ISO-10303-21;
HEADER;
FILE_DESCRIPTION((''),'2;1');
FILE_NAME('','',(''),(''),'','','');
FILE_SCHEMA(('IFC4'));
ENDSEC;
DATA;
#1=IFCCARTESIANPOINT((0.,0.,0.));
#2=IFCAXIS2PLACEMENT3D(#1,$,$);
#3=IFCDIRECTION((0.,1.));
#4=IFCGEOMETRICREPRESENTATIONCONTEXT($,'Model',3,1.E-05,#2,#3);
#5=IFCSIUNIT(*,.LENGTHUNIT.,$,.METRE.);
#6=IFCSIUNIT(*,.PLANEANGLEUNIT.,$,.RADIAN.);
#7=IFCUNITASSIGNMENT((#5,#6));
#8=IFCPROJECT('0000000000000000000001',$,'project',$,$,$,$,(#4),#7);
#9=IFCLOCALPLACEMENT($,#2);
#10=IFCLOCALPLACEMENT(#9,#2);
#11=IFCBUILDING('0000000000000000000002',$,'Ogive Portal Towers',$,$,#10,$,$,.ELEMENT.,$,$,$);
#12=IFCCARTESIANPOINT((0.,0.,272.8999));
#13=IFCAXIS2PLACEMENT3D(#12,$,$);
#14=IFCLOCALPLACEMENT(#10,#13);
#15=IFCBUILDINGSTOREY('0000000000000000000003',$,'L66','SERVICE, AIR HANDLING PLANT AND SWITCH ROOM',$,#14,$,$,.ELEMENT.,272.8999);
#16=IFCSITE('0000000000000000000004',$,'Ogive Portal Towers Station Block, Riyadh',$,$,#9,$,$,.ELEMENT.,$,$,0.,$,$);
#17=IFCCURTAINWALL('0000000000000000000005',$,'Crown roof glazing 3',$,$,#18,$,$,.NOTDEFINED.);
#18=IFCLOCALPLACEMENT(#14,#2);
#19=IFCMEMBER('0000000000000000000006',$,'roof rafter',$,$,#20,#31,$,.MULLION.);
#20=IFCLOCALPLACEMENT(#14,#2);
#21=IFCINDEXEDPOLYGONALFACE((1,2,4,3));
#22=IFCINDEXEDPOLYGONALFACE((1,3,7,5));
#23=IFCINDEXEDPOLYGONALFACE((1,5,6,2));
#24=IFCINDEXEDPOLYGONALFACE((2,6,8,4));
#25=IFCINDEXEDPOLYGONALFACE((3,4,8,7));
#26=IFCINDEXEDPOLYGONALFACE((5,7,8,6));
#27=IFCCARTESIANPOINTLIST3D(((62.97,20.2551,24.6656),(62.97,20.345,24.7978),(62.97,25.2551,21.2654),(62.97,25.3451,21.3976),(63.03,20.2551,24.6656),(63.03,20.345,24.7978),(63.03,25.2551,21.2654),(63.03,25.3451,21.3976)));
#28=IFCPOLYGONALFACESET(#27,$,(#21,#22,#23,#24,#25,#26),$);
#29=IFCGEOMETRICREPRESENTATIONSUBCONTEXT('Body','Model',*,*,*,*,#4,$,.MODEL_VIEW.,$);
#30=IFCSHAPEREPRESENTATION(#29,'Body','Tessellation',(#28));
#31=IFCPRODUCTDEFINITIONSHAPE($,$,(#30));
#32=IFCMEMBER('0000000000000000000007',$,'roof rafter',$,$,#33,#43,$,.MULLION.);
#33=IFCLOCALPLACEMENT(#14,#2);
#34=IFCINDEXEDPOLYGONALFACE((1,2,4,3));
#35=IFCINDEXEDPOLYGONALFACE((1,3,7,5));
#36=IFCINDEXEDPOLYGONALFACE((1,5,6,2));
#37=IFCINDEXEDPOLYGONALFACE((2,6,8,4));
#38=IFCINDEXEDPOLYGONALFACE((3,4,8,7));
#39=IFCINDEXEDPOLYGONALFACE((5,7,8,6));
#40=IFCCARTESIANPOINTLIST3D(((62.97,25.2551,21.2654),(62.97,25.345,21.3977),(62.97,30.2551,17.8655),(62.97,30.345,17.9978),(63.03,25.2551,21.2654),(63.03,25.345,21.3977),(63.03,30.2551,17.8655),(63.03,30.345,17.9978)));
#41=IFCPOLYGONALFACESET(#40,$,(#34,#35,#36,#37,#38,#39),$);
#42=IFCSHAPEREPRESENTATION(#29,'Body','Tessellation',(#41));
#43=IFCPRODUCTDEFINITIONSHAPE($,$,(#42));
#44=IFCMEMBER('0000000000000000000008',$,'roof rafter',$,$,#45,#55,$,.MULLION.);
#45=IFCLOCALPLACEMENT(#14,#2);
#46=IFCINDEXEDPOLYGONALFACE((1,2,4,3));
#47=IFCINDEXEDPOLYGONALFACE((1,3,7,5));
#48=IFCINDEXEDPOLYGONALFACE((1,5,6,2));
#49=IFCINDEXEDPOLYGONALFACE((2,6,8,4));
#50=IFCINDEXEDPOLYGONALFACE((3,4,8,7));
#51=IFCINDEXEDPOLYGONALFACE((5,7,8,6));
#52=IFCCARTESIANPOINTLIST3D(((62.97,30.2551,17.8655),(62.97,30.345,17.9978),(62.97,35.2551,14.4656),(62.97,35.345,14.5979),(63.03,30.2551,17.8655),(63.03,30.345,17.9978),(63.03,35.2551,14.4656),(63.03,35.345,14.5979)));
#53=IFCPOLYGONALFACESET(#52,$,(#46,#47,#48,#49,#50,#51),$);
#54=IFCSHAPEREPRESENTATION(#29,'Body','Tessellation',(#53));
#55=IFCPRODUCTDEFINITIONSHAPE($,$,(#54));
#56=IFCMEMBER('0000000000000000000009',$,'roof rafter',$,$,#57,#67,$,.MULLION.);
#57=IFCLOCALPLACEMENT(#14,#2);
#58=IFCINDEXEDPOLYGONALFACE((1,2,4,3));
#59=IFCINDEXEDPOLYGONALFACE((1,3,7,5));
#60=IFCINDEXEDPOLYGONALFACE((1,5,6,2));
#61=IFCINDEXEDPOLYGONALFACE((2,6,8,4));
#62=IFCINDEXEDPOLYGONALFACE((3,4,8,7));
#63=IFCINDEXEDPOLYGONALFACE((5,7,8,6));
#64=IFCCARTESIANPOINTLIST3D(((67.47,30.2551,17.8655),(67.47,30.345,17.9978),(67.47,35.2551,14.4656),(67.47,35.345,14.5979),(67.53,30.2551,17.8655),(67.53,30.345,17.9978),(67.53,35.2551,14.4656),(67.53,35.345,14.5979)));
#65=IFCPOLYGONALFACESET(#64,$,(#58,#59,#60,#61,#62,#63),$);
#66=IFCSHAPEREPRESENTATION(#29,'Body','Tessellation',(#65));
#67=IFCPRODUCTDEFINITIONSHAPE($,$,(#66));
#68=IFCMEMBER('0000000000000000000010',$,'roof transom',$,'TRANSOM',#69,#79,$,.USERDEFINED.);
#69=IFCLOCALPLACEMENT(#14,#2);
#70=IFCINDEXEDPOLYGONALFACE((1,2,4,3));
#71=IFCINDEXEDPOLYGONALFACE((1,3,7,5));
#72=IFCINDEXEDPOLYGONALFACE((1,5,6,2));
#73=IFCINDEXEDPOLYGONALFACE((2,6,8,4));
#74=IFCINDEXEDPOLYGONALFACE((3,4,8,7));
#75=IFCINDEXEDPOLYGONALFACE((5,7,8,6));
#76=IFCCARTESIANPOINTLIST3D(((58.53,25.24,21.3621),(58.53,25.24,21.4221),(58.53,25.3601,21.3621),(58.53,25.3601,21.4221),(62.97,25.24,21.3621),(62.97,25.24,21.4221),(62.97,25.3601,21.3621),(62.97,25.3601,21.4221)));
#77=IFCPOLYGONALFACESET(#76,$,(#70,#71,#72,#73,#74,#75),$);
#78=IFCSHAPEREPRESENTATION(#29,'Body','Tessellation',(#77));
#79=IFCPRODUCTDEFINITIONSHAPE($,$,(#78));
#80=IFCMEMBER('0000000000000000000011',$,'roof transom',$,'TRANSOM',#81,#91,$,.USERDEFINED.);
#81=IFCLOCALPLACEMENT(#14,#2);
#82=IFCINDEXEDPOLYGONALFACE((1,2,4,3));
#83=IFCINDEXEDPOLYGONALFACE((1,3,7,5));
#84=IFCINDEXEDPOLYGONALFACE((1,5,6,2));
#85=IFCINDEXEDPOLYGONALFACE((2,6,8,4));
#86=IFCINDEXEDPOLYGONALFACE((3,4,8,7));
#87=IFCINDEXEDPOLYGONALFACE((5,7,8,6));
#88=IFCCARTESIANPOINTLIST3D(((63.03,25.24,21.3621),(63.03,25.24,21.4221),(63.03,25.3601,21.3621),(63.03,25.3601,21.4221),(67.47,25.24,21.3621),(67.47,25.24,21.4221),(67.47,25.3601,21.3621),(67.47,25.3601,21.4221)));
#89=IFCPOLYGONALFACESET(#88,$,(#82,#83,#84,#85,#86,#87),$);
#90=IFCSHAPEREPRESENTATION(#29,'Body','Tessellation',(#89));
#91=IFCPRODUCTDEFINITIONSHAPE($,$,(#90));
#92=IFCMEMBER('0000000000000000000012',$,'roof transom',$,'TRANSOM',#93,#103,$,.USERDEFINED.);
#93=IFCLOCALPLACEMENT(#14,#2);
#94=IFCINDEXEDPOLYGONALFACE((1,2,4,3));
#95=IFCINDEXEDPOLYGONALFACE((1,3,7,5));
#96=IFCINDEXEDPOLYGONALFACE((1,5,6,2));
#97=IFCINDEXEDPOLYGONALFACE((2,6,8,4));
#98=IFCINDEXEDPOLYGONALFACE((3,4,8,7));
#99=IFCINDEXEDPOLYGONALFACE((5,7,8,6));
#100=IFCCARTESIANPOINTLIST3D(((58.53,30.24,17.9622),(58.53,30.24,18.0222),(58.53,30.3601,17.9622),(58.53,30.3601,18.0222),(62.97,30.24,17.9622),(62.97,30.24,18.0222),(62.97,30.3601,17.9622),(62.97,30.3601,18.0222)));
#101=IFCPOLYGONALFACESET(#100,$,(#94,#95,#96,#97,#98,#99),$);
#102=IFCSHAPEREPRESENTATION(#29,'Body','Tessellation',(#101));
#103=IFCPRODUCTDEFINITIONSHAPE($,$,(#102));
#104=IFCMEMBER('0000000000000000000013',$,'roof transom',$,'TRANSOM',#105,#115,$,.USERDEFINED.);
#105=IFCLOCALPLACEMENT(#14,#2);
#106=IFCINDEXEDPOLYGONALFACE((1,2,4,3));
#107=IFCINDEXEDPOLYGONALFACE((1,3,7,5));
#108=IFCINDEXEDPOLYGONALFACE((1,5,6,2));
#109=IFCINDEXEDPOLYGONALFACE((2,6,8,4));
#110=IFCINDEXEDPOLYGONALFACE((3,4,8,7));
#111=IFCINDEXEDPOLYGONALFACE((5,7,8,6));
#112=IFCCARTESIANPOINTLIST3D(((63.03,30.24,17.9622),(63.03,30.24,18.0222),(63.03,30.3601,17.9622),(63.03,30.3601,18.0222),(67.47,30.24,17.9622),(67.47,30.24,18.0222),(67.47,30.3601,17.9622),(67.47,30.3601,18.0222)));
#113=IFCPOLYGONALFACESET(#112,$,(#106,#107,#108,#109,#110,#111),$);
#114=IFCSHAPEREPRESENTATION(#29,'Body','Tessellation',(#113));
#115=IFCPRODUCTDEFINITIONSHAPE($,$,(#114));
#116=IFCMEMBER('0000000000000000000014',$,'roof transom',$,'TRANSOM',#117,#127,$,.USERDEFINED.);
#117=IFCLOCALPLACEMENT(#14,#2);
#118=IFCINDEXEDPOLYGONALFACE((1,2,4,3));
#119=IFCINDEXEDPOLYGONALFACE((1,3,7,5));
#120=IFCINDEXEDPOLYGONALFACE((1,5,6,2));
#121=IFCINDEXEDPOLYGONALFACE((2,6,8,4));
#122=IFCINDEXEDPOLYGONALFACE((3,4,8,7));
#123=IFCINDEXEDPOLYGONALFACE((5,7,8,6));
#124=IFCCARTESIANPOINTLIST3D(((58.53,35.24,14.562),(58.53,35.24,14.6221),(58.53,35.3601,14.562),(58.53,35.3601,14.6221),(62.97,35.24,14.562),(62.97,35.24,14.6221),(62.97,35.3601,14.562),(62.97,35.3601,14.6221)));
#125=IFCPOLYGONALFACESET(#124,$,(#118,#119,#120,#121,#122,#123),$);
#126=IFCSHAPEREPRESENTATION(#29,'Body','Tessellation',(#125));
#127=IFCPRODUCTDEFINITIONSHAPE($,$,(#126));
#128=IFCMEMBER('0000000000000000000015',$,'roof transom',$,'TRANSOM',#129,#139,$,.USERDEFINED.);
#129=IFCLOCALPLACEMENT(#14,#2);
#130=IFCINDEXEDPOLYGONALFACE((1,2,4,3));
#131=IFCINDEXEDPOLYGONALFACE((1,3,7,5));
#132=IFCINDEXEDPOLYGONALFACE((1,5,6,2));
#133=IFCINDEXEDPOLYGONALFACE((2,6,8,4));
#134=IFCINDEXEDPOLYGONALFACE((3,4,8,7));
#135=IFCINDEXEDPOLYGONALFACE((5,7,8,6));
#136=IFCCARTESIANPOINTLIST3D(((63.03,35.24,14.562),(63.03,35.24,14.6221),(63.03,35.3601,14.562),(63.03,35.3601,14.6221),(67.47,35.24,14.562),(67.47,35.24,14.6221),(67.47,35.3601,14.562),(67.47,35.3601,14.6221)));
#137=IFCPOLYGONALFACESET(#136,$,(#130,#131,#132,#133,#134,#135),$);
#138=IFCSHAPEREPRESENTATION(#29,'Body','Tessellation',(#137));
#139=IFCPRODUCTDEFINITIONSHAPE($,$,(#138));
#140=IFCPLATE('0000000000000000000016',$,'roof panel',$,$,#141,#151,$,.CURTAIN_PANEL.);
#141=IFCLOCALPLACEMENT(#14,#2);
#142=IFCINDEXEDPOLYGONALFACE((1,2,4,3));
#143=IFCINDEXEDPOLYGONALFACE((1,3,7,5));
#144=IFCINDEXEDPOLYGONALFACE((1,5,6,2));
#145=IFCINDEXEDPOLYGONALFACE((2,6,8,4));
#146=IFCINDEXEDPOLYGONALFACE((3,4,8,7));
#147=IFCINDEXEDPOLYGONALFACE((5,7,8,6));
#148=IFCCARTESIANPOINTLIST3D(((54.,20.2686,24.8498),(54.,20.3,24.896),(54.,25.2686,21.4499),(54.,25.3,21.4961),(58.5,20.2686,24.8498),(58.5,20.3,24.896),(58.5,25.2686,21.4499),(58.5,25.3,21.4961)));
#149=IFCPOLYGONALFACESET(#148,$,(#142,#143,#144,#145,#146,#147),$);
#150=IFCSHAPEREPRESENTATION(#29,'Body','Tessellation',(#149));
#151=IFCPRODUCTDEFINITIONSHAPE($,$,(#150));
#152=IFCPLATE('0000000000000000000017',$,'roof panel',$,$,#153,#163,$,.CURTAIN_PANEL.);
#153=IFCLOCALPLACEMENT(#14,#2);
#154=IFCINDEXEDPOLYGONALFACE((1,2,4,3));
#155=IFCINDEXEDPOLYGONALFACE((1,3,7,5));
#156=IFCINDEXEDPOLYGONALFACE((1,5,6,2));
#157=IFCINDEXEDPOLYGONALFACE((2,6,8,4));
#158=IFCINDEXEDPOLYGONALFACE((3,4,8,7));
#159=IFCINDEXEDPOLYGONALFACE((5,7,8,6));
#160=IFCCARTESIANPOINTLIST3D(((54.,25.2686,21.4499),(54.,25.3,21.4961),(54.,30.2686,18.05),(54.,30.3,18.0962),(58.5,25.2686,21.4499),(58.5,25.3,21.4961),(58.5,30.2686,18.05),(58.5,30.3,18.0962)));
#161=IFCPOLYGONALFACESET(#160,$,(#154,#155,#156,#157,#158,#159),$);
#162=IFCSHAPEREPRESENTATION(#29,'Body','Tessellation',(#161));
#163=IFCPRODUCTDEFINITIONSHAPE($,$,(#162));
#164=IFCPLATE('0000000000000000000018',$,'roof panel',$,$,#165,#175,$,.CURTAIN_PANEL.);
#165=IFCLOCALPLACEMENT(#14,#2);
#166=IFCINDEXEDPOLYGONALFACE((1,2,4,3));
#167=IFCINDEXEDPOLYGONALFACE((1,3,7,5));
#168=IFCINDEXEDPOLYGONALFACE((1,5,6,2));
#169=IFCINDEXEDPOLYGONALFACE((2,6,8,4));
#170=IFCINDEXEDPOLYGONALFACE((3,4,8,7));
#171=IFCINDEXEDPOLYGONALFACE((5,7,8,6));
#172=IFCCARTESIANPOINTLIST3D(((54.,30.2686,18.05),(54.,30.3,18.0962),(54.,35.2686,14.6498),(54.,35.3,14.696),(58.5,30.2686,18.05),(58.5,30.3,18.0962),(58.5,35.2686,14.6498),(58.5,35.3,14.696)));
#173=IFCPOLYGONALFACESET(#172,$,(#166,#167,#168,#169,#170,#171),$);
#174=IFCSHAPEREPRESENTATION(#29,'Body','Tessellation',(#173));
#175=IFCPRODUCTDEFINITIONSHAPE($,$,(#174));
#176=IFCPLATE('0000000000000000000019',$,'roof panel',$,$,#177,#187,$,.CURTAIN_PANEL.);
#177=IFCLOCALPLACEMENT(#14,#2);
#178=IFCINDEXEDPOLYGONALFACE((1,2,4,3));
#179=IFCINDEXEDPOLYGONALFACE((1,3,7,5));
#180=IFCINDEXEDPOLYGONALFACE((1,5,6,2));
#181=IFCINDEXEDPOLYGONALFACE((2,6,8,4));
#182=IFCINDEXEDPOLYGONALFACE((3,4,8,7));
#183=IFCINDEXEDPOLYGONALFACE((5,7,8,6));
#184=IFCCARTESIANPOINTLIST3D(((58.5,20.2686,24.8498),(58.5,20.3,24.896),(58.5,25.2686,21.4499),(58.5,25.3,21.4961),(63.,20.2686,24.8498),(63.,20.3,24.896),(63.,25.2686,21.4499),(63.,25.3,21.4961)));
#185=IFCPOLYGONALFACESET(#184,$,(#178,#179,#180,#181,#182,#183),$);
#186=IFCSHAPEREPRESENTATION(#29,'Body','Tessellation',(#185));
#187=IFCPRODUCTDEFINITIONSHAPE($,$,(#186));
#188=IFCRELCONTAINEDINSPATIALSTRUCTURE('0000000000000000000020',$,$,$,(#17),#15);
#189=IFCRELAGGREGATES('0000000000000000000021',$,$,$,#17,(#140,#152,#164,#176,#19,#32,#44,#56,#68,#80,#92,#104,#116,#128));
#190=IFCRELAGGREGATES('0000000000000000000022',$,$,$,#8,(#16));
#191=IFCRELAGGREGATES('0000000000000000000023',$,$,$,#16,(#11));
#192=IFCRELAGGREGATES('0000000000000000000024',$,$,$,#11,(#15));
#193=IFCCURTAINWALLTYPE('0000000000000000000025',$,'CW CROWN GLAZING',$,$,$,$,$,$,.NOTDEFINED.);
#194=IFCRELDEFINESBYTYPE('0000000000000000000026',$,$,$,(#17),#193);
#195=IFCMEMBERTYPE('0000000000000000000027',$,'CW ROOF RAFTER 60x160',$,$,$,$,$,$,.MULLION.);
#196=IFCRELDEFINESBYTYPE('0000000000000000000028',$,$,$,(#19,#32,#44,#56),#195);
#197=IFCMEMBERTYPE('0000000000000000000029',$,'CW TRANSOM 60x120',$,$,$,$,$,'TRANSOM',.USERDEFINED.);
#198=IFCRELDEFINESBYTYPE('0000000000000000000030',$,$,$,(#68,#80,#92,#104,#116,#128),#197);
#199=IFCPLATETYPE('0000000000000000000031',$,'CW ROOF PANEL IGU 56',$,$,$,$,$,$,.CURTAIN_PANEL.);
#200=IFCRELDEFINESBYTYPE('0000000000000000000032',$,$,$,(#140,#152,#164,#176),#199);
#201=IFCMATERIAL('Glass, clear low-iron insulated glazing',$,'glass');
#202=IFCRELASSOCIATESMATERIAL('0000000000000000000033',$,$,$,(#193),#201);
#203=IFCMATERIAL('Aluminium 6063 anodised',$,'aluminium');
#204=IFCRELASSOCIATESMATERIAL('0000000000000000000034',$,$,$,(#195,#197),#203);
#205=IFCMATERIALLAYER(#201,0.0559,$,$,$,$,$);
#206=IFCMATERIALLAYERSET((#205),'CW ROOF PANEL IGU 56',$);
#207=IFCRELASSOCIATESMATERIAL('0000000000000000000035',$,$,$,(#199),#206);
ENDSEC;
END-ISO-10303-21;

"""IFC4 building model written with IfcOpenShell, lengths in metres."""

from ifc_helpers import new_model, si_unit, direction, frame, origin, origin_2d, place, context, subcontext, project, spatial, polyline, rectangle, outline, extrude, material, layer, layer_set, material_profile, profile_set, type_object, element, aggregate, save


model = new_model("IFC4")

# Units and contexts
model_context = context("Model", 3, precision=1e-05, world=origin(), true_north=direction((0.0, 1.0)))
body_context = subcontext(model_context, "Body", "Model", "MODEL_VIEW")
ifc_project = project(units=[si_unit("LENGTHUNIT", "METRE"), si_unit("PLANEANGLEUNIT", "RADIAN")], contexts=[model_context])

# Site, building, storey
site_placement = place(None, origin())
site = spatial("IfcSite", under=ifc_project, at=site_placement, Name="Ogive Portal Towers Station Block, Riyadh", CompositionType="ELEMENT", RefElevation=0.0)
building_placement = place(site_placement, origin())
building = spatial("IfcBuilding", under=site, at=building_placement, Name="Ogive Portal Towers", CompositionType="ELEMENT")
storey_placement = place(building_placement, frame((0.0, 0.0, 272.8999)))
storey = spatial("IfcBuildingStorey", under=building, at=storey_placement, Name="L66", Description="SERVICE, AIR HANDLING PLANT AND SWITCH ROOM", CompositionType="ELEMENT", Elevation=272.8999)

# Curtain wall, members, plates
ifc_material_1 = material(Name="Glass, clear low-iron insulated glazing", Category="glass")
curtain_wall_type = type_object("IfcCurtainWallType", Name="CW CROWN GLAZING", PredefinedType="NOTDEFINED", material=ifc_material_1)
curtain_wall_placement = place(storey_placement, origin())
curtain_wall = element("IfcCurtainWall", 1, at=curtain_wall_placement, inside=storey, type_object=curtain_wall_type, Name="Crown roof glazing 3", PredefinedType="NOTDEFINED")
ifc_material_2 = material(Name="Aluminium 6063 anodised", Category="aluminium")
ifc_material_profile_1 = material_profile(ifc_material_2, rectangle(XDim=0.0601, YDim=0.1599, at=origin_2d()), Name="AL 60x160 rafter")
ifc_profile_set_1 = profile_set([ifc_material_profile_1], Name="Aluminium 6063 anodised")
member_type_1 = type_object("IfcMemberType", Name="CW ROOF RAFTER 60x160", PredefinedType="MULLION", material=ifc_profile_set_1)
member_1_placement = place(storey_placement, frame((63.0, 20.3, 24.7317), z_axis=(0.0, 0.826915, -0.562327), x_axis=(-1.0, 0.0, 0.0)))
member_1 = element("IfcMember", 2, at=member_1_placement, type_object=member_type_1, Name="roof rafter", PredefinedType="MULLION", context=body_context, shape_type="SweptSolid", body=[
    extrude(rectangle(XDim=0.0601, YDim=0.1599, at=origin_2d()), origin(), (0.0, 0.0, 1.0), 6.0466),
])
member_2_placement = place(storey_placement, frame((63.0, 25.3, 21.3315), z_axis=(0.0, 0.826934, -0.562299), x_axis=(-1.0, 0.0, 0.0)))
member_2 = element("IfcMember", 3, at=member_2_placement, type_object=member_type_1, Name="roof rafter", PredefinedType="MULLION", context=body_context, shape_type="SweptSolid", body=[
    extrude(rectangle(XDim=0.0601, YDim=0.1599, at=origin_2d()), origin(), (0.0, 0.0, 1.0), 6.0464),
])
member_3_placement = place(storey_placement, frame((63.0, 30.3, 17.9316), z_axis=(0.0, 0.826934, -0.562299), x_axis=(-1.0, 0.0, 0.0)))
member_3 = element("IfcMember", 4, at=member_3_placement, type_object=member_type_1, Name="roof rafter", PredefinedType="MULLION", context=body_context, shape_type="SweptSolid", body=[
    extrude(rectangle(XDim=0.0601, YDim=0.1599, at=origin_2d()), origin(), (0.0, 0.0, 1.0), 6.0464),
])
member_4_placement = place(storey_placement, frame((67.5, 30.3, 17.9316), z_axis=(0.0, 0.826934, -0.562299), x_axis=(-1.0, 0.0, 0.0)))
member_4 = element("IfcMember", 5, at=member_4_placement, type_object=member_type_1, Name="roof rafter", PredefinedType="MULLION", context=body_context, shape_type="SweptSolid", body=[
    extrude(rectangle(XDim=0.0601, YDim=0.1599, at=origin_2d()), origin(), (0.0, 0.0, 1.0), 6.0464),
])
ifc_material_profile_2 = material_profile(ifc_material_2, rectangle(XDim=0.1201, YDim=0.0601, at=origin_2d()), Name="AL 120x60")
ifc_profile_set_2 = profile_set([ifc_material_profile_2], Name="Aluminium 6063 anodised")
member_type_2 = type_object("IfcMemberType", Name="CW TRANSOM 60x120", ElementType="TRANSOM", PredefinedType="USERDEFINED", material=ifc_profile_set_2)
member_5_placement = place(storey_placement, frame((58.53, 25.3, 21.3921), z_axis=(1.0, 0.0, 0.0), x_axis=(0.0, 1.0, 0.0)))
member_5 = element("IfcMember", 6, at=member_5_placement, type_object=member_type_2, Name="roof transom", ObjectType="TRANSOM", PredefinedType="USERDEFINED", context=body_context, shape_type="SweptSolid", body=[
    extrude(rectangle(XDim=0.1201, YDim=0.0601, at=origin_2d()), origin(), (0.0, 0.0, 1.0), 4.4399),
])
member_6_placement = place(storey_placement, frame((63.03, 25.3, 21.3921), z_axis=(1.0, 0.0, 0.0), x_axis=(0.0, 1.0, 0.0)))
member_6 = element("IfcMember", 7, at=member_6_placement, type_object=member_type_2, Name="roof transom", ObjectType="TRANSOM", PredefinedType="USERDEFINED", context=body_context, shape_type="SweptSolid", body=[
    extrude(rectangle(XDim=0.1201, YDim=0.0601, at=origin_2d()), origin(), (0.0, 0.0, 1.0), 4.4399),
])
member_7_placement = place(storey_placement, frame((58.53, 30.3, 17.9922), z_axis=(1.0, 0.0, 0.0), x_axis=(0.0, 1.0, 0.0)))
member_7 = element("IfcMember", 8, at=member_7_placement, type_object=member_type_2, Name="roof transom", ObjectType="TRANSOM", PredefinedType="USERDEFINED", context=body_context, shape_type="SweptSolid", body=[
    extrude(rectangle(XDim=0.1201, YDim=0.0601, at=origin_2d()), origin(), (0.0, 0.0, 1.0), 4.4399),
])
member_8_placement = place(storey_placement, frame((63.03, 30.3, 17.9922), z_axis=(1.0, 0.0, 0.0), x_axis=(0.0, 1.0, 0.0)))
member_8 = element("IfcMember", 9, at=member_8_placement, type_object=member_type_2, Name="roof transom", ObjectType="TRANSOM", PredefinedType="USERDEFINED", context=body_context, shape_type="SweptSolid", body=[
    extrude(rectangle(XDim=0.1201, YDim=0.0601, at=origin_2d()), origin(), (0.0, 0.0, 1.0), 4.4399),
])
member_9_placement = place(storey_placement, frame((58.53, 35.3, 14.592), z_axis=(1.0, 0.0, 0.0), x_axis=(0.0, 1.0, 0.0)))
member_9 = element("IfcMember", 10, at=member_9_placement, type_object=member_type_2, Name="roof transom", ObjectType="TRANSOM", PredefinedType="USERDEFINED", context=body_context, shape_type="SweptSolid", body=[
    extrude(rectangle(XDim=0.1201, YDim=0.0601, at=origin_2d()), origin(), (0.0, 0.0, 1.0), 4.4399),
])
member_10_placement = place(storey_placement, frame((63.03, 35.3, 14.592), z_axis=(1.0, 0.0, 0.0), x_axis=(0.0, 1.0, 0.0)))
member_10 = element("IfcMember", 11, at=member_10_placement, type_object=member_type_2, Name="roof transom", ObjectType="TRANSOM", PredefinedType="USERDEFINED", context=body_context, shape_type="SweptSolid", body=[
    extrude(rectangle(XDim=0.1201, YDim=0.0601, at=origin_2d()), origin(), (0.0, 0.0, 1.0), 4.4399),
])
ifc_layer_1 = layer(ifc_material_1, 0.0559)
ifc_layer_set_1 = layer_set([ifc_layer_1], Name="CW ROOF PANEL IGU 56")
plate_type = type_object("IfcPlateType", Name="CW ROOF PANEL IGU 56", PredefinedType="CURTAIN_PANEL", material=ifc_layer_set_1)
plate_1_placement = place(storey_placement, frame((58.5, 20.3, 24.896), z_axis=(0.0, 0.562299, 0.826934), x_axis=(0.0, 0.826934, -0.562299)))
plate_1 = element("IfcPlate", 12, at=plate_1_placement, type_object=plate_type, Name="roof panel", PredefinedType="CURTAIN_PANEL", context=body_context, shape_type="SweptSolid", body=[
    extrude(outline(polyline([(0.0, 0.0), (6.0464, 0.0), (6.0464, 4.5), (0.0, 4.5), (0.0, 0.0)])), origin(), (0.0, 0.0, -1.0), 0.0559),
])
plate_2_placement = place(storey_placement, frame((58.5, 25.3, 21.4961), z_axis=(0.0, 0.562299, 0.826934), x_axis=(0.0, 0.826934, -0.562299)))
plate_2 = element("IfcPlate", 13, at=plate_2_placement, type_object=plate_type, Name="roof panel", PredefinedType="CURTAIN_PANEL", context=body_context, shape_type="SweptSolid", body=[
    extrude(outline(polyline([(0.0, 0.0), (6.0464, 0.0), (6.0464, 4.5), (0.0, 4.5), (0.0, 0.0)])), origin(), (0.0, 0.0, -1.0), 0.0559),
])
plate_3_placement = place(storey_placement, frame((58.5, 30.3, 18.0962), z_axis=(0.0, 0.562327, 0.826915), x_axis=(0.0, 0.826915, -0.562327)))
plate_3 = element("IfcPlate", 14, at=plate_3_placement, type_object=plate_type, Name="roof panel", PredefinedType="CURTAIN_PANEL", context=body_context, shape_type="SweptSolid", body=[
    extrude(outline(polyline([(0.0, 0.0), (6.0466, 0.0), (6.0466, 4.5), (0.0, 4.5), (0.0, 0.0)])), origin(), (0.0, 0.0, -1.0), 0.0559),
])
plate_4_placement = place(storey_placement, frame((63.0, 20.3, 24.896), z_axis=(0.0, 0.562299, 0.826934), x_axis=(0.0, 0.826934, -0.562299)))
plate_4 = element("IfcPlate", 15, at=plate_4_placement, type_object=plate_type, Name="roof panel", PredefinedType="CURTAIN_PANEL", context=body_context, shape_type="SweptSolid", body=[
    extrude(outline(polyline([(0.0, 0.0), (6.0464, 0.0), (6.0464, 4.5), (0.0, 4.5), (0.0, 0.0)])), origin(), (0.0, 0.0, -1.0), 0.0559),
])
aggregate(curtain_wall, [plate_1, plate_2, plate_3, plate_4, member_1, member_2, member_3, member_4, member_5, member_6, member_7, member_8, member_9, member_10])

save(model, "model.ifc")
